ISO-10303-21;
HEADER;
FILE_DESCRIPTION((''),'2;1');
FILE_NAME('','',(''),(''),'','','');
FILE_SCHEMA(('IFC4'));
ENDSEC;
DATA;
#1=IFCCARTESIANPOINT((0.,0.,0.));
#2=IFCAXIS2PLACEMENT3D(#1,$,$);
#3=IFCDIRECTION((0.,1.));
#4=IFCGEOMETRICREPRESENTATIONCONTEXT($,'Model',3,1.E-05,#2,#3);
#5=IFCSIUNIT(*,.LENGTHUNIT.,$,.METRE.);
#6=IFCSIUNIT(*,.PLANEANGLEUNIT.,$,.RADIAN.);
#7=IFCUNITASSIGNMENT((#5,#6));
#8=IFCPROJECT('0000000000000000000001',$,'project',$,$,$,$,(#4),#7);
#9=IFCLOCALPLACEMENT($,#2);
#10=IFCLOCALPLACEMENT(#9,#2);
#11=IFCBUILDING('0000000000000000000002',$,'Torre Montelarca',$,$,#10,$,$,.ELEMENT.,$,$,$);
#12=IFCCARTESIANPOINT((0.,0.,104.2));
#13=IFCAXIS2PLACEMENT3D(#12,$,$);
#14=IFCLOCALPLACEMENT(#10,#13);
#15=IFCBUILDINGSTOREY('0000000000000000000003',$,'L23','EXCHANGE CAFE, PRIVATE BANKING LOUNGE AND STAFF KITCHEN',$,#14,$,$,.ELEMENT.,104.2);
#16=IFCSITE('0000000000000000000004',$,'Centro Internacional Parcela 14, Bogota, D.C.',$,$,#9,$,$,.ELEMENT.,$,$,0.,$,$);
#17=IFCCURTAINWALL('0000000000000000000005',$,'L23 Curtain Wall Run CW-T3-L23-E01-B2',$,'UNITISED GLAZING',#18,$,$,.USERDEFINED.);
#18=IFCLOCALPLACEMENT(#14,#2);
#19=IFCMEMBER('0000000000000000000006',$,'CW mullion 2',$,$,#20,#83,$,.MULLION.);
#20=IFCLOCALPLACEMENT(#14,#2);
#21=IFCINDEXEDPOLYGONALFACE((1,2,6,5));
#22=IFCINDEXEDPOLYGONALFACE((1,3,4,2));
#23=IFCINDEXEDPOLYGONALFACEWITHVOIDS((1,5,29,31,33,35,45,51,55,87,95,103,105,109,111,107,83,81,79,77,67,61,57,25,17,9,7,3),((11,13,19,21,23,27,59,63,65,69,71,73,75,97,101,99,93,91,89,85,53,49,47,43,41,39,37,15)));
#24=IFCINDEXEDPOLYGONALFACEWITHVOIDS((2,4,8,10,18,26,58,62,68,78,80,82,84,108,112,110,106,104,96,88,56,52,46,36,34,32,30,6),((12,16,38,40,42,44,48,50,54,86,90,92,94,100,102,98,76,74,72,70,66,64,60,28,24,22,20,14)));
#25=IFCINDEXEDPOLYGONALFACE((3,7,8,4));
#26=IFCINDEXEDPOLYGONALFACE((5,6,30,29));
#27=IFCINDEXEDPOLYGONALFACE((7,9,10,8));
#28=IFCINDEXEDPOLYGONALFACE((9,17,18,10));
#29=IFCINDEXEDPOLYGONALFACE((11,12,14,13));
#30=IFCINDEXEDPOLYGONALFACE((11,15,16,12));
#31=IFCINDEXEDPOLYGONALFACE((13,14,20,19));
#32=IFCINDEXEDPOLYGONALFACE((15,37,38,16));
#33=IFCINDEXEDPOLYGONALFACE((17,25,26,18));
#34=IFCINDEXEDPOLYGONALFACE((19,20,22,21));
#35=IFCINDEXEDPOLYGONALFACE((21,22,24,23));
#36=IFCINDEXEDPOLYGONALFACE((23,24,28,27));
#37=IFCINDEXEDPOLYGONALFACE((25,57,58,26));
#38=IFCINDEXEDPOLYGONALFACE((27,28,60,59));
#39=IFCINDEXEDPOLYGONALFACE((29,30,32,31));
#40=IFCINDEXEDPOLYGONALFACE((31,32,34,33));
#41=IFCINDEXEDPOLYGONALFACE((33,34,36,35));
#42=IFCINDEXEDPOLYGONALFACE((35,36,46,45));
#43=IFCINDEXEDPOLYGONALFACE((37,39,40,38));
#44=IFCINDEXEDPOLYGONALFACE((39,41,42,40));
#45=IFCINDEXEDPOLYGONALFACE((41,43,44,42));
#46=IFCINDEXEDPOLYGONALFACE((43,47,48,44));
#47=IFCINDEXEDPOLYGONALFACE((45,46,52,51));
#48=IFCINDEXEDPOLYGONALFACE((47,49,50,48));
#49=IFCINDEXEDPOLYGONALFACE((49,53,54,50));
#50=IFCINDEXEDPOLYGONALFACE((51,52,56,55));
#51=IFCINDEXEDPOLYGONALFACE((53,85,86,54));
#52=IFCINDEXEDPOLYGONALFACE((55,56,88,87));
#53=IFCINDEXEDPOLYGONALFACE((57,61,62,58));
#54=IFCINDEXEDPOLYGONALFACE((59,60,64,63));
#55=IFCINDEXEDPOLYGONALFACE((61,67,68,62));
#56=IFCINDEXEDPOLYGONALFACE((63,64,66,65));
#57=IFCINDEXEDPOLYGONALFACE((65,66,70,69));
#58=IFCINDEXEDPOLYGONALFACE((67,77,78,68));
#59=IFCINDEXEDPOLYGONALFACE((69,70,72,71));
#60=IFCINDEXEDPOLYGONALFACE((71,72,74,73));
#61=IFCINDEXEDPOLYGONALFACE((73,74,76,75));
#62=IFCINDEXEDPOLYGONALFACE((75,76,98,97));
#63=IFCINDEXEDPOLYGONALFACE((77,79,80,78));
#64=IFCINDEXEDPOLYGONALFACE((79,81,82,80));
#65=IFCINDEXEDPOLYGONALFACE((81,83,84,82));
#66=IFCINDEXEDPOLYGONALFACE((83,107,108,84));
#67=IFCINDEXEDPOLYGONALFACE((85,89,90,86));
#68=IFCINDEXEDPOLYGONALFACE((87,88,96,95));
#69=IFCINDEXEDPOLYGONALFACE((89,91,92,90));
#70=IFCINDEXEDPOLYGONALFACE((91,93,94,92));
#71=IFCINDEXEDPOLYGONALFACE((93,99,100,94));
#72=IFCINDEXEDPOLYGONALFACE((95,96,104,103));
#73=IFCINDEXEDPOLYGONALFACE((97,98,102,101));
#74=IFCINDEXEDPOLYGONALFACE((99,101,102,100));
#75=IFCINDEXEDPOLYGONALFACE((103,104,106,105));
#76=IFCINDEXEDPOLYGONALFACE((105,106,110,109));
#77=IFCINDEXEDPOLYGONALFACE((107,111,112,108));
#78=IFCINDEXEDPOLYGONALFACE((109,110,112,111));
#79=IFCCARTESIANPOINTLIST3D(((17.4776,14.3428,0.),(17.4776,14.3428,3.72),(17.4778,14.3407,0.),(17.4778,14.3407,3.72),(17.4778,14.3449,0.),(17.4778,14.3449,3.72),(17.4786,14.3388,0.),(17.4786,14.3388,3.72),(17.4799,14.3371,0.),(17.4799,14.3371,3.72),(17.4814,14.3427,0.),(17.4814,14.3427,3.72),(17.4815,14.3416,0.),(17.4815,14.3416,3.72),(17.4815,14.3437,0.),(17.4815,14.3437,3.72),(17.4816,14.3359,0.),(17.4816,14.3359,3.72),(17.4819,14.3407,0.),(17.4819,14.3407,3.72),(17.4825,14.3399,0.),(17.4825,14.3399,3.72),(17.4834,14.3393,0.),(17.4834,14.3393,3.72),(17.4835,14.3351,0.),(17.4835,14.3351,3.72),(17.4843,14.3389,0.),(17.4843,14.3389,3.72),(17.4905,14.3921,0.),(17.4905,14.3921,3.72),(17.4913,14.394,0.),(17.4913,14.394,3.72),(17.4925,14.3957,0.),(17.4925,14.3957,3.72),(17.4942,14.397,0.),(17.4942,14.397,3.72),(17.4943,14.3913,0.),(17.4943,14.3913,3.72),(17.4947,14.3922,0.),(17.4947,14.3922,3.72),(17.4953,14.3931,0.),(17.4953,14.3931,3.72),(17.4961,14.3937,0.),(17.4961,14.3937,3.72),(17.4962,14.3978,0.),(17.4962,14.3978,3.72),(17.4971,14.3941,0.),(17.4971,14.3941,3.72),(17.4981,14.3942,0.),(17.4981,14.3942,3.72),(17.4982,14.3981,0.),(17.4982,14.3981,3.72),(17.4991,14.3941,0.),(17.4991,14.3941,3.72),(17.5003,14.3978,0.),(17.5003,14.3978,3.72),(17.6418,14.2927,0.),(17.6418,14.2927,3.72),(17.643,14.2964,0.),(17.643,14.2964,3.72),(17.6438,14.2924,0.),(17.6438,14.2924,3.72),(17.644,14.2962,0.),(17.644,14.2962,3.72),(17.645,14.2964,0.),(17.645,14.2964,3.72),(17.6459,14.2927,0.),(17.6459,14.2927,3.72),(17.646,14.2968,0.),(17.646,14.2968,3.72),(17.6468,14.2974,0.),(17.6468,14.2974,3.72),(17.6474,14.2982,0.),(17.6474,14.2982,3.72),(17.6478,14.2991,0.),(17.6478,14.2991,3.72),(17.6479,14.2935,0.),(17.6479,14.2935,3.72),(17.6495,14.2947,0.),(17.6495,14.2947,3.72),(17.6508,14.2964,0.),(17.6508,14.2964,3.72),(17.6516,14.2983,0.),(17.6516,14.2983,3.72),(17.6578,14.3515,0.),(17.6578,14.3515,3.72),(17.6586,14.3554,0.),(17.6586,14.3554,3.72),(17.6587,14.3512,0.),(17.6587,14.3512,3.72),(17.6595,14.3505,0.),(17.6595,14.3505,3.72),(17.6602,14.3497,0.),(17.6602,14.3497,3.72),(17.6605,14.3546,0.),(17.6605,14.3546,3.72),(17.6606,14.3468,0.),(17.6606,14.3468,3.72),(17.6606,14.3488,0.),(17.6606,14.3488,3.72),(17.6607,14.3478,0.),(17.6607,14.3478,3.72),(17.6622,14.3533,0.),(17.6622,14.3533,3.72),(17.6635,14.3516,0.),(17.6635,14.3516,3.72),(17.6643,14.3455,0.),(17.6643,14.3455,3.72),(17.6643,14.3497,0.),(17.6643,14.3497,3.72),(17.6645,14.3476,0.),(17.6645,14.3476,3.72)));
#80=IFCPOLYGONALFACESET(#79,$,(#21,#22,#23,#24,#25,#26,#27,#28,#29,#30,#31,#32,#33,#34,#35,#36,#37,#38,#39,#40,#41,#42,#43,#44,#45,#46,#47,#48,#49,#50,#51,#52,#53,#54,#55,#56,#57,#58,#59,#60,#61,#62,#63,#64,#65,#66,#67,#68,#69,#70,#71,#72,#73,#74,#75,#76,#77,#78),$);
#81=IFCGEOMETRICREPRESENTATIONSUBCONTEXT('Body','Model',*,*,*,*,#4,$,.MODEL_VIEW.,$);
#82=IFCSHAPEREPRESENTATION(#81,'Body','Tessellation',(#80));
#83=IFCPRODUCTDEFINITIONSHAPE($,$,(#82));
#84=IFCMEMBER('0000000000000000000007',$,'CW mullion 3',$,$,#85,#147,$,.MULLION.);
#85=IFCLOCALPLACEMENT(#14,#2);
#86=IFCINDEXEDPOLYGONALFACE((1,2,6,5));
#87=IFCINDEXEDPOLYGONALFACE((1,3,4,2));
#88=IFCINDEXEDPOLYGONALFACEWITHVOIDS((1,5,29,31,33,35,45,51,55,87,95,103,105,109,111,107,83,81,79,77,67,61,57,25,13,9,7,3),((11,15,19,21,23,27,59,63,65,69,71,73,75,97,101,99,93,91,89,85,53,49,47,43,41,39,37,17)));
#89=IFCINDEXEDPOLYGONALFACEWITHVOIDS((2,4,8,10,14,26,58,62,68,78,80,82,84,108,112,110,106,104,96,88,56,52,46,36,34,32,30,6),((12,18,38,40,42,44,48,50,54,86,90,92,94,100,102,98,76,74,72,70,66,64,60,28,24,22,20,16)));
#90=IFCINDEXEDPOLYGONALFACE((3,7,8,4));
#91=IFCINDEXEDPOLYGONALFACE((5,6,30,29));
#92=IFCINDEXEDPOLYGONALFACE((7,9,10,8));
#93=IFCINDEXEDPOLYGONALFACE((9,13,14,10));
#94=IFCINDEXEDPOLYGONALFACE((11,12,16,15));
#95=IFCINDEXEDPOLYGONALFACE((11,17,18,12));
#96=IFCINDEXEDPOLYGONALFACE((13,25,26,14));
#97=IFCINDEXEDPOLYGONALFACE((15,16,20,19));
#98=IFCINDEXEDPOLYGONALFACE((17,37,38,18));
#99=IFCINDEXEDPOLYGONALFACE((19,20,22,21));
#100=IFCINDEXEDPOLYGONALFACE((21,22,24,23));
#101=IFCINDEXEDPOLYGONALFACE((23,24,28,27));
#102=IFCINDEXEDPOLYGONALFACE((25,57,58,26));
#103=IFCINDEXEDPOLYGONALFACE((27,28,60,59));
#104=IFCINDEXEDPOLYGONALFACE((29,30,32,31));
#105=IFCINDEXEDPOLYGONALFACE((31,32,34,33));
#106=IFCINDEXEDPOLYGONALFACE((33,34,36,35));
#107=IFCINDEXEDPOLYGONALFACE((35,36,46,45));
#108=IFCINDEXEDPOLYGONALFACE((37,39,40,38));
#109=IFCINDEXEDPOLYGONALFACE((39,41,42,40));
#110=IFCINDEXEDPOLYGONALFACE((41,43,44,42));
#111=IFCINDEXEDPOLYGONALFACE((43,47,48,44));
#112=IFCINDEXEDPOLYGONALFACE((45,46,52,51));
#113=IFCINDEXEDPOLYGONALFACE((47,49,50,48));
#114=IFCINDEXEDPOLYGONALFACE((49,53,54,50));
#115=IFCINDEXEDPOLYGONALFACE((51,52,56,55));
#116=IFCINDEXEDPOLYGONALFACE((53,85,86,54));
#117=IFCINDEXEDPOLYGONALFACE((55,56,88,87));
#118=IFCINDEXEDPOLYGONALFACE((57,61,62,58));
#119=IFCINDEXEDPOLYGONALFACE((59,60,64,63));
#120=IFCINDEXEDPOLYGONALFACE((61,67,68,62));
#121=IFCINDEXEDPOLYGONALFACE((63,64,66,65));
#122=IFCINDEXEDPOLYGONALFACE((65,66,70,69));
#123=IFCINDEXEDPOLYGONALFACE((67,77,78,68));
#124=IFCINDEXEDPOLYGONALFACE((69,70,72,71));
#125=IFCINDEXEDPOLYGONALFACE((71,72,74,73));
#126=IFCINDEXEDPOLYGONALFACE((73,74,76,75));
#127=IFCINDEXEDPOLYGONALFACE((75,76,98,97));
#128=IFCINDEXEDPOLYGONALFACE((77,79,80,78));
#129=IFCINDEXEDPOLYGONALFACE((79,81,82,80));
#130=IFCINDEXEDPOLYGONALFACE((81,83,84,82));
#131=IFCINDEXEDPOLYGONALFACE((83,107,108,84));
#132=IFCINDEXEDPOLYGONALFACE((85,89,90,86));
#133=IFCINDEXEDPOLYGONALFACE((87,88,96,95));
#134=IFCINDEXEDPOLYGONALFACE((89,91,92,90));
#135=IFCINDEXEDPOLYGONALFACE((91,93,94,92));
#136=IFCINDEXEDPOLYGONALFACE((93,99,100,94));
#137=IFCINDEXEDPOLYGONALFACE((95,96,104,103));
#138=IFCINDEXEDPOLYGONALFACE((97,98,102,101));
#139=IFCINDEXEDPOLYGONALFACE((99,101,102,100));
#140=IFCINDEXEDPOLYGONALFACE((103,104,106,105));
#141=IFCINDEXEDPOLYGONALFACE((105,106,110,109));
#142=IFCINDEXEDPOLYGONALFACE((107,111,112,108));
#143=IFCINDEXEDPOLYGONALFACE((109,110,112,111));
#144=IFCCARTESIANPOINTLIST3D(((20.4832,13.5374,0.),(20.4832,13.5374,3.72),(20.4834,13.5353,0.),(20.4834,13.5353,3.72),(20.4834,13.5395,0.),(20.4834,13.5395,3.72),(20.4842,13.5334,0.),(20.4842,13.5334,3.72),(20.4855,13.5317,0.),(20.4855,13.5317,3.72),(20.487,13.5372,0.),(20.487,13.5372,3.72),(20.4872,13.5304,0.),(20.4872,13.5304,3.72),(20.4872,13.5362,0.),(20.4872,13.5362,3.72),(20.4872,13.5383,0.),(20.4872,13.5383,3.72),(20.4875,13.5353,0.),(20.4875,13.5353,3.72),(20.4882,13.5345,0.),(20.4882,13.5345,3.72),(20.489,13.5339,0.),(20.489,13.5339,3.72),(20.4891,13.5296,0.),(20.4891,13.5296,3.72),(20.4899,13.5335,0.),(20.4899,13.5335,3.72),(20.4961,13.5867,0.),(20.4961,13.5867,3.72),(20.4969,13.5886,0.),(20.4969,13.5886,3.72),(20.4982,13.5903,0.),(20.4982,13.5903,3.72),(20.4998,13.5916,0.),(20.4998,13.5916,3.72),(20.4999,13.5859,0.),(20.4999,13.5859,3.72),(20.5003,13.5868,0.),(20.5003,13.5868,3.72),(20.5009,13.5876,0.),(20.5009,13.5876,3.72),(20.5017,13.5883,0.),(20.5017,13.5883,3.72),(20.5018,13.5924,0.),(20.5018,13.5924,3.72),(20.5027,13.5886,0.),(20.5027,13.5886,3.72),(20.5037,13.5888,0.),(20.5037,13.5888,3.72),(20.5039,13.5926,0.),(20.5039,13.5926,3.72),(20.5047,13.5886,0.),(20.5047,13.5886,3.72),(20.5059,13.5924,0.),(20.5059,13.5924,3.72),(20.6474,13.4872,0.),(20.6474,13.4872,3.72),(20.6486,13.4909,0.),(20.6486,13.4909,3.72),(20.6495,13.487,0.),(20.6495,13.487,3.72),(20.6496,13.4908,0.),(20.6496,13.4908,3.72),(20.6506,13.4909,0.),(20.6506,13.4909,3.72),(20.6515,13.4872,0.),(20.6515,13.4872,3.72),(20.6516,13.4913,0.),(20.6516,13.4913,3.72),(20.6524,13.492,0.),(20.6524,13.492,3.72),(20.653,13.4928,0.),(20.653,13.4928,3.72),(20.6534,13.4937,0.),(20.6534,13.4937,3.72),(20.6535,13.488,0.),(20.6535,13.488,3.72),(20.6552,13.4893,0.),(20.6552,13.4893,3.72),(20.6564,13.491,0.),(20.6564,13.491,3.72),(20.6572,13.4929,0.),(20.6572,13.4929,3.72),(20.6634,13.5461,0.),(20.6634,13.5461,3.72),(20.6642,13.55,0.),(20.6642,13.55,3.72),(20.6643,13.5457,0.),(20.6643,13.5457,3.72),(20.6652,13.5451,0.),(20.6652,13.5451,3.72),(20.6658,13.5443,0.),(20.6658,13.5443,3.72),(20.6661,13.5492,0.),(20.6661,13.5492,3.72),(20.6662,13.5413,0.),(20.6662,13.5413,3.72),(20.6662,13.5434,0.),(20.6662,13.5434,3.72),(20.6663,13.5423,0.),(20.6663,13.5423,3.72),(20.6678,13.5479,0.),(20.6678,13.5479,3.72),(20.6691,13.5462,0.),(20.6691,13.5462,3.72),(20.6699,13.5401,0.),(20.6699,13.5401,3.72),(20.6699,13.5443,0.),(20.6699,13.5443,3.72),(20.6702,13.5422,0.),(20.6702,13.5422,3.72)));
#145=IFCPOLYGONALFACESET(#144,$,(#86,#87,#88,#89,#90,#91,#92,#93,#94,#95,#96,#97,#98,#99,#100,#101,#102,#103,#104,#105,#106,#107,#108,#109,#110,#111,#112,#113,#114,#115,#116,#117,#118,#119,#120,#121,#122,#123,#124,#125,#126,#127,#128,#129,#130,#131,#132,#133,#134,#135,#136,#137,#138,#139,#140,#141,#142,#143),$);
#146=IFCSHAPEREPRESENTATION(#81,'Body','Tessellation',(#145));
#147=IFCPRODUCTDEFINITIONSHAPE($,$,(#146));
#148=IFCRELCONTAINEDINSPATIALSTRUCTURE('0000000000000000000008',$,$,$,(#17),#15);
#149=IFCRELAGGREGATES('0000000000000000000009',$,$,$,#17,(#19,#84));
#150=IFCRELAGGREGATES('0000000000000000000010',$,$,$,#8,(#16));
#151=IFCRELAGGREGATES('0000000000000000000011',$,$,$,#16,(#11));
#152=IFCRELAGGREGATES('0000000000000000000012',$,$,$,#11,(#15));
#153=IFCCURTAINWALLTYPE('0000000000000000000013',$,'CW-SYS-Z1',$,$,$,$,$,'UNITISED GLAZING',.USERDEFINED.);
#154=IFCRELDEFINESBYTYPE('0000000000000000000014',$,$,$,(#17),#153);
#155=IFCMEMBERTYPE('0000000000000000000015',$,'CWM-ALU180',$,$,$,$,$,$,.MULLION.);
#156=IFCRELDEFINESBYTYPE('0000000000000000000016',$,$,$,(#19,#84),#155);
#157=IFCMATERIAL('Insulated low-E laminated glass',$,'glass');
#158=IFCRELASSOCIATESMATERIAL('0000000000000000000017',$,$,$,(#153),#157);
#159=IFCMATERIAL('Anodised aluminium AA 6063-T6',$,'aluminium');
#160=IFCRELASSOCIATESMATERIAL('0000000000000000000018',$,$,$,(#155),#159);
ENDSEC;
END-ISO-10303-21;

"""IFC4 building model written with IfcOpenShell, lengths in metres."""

from ifc_helpers import new_model, si_unit, direction, frame, origin, origin_2d, place, context, subcontext, project, spatial, hollow_rectangle, extrude, source, transform, mapped, material, material_profile, profile_set, type_object, element, aggregate, save


model = new_model("IFC4")

# Units and contexts
model_context = context("Model", 3, precision=1e-05, world=origin(), true_north=direction((0.0, 1.0)))
body_context = subcontext(model_context, "Body", "Model", "MODEL_VIEW")
ifc_project = project(units=[si_unit("LENGTHUNIT", "METRE"), si_unit("PLANEANGLEUNIT", "RADIAN")], contexts=[model_context])

# Site, building, storey
site_placement = place(None, origin())
site = spatial("IfcSite", under=ifc_project, at=site_placement, Name="Centro Internacional Parcela 14, Bogota, D.C.", CompositionType="ELEMENT", RefElevation=0.0)
building_placement = place(site_placement, origin())
building = spatial("IfcBuilding", under=site, at=building_placement, Name="Torre Montelarca", CompositionType="ELEMENT")
storey_placement = place(building_placement, frame((0.0, 0.0, 104.2)))
storey = spatial("IfcBuildingStorey", under=building, at=storey_placement, Name="L23", Description="EXCHANGE CAFE, PRIVATE BANKING LOUNGE AND STAFF KITCHEN", CompositionType="ELEMENT", Elevation=104.2)

# Curtain wall
ifc_material_1 = material(Name="Insulated low-E laminated glass", Category="glass")
curtain_wall_type = type_object("IfcCurtainWallType", Name="CW-SYS-Z1", ElementType="UNITISED GLAZING", PredefinedType="USERDEFINED", material=ifc_material_1)
ifc_material_2 = material(Name="Anodised aluminium AA 6063-T6", Category="aluminium")
curtain_wall_1_placement = place(storey_placement, origin())
curtain_wall_1 = element("IfcCurtainWall", 1, at=curtain_wall_1_placement, inside=storey, type_object=curtain_wall_type, Name="L23 Curtain Wall Run CW-T3-L23-E01-B2", ObjectType="UNITISED GLAZING", PredefinedType="USERDEFINED")

# Members
ifc_material_profile_1 = material_profile(ifc_material_2, hollow_rectangle(XDim=0.0649, YDim=0.1799, WallThickness=0.0039, InnerFilletRadius=0.0039, OuterFilletRadius=0.0081, at=origin_2d()), Name="ALU65X180X4", Category="aluminium")
ifc_profile_set_1 = profile_set([ifc_material_profile_1], Name="Anodised aluminium AA 6063-T6")
member_type_1 = type_object("IfcMemberType", Name="CWM-ALU180", PredefinedType="MULLION", material=ifc_profile_set_1)
shared_shape_1 = source(origin(), body_context, "Body", "SweptSolid", [
    extrude(hollow_rectangle(XDim=0.0649, YDim=0.1799, WallThickness=0.0039, InnerFilletRadius=0.0039, OuterFilletRadius=0.0081, at=origin_2d()), origin(), (0.0, 0.0, 1.0), 3.72),
])
member_1_placement = place(storey_placement, frame((17.571, 14.3452, 0.0), z_axis=(0.0, 0.0, 1.0), x_axis=(0.258822, 0.965925, 0.0)))
member_1 = element("IfcMember", 2, at=member_1_placement, type_object=member_type_1, Name="CW mullion 2", PredefinedType="MULLION", context=body_context, shape_type="MappedRepresentation", body=[
    mapped(shared_shape_1, transform((0.0, 0.0, 0.0), scale=1.0)),
])
member_2_placement = place(storey_placement, frame((20.5767, 13.5398, 0.0), z_axis=(0.0, 0.0, 1.0), x_axis=(0.258822, 0.965925, 0.0)))
member_2 = element("IfcMember", 3, at=member_2_placement, type_object=member_type_1, Name="CW mullion 3", PredefinedType="MULLION", context=body_context, shape_type="MappedRepresentation", body=[
    mapped(shared_shape_1, transform((0.0, 0.0, 0.0), scale=1.0)),
])

aggregate(curtain_wall_1, [member_1, member_2])

save(model, "model.ifc")
